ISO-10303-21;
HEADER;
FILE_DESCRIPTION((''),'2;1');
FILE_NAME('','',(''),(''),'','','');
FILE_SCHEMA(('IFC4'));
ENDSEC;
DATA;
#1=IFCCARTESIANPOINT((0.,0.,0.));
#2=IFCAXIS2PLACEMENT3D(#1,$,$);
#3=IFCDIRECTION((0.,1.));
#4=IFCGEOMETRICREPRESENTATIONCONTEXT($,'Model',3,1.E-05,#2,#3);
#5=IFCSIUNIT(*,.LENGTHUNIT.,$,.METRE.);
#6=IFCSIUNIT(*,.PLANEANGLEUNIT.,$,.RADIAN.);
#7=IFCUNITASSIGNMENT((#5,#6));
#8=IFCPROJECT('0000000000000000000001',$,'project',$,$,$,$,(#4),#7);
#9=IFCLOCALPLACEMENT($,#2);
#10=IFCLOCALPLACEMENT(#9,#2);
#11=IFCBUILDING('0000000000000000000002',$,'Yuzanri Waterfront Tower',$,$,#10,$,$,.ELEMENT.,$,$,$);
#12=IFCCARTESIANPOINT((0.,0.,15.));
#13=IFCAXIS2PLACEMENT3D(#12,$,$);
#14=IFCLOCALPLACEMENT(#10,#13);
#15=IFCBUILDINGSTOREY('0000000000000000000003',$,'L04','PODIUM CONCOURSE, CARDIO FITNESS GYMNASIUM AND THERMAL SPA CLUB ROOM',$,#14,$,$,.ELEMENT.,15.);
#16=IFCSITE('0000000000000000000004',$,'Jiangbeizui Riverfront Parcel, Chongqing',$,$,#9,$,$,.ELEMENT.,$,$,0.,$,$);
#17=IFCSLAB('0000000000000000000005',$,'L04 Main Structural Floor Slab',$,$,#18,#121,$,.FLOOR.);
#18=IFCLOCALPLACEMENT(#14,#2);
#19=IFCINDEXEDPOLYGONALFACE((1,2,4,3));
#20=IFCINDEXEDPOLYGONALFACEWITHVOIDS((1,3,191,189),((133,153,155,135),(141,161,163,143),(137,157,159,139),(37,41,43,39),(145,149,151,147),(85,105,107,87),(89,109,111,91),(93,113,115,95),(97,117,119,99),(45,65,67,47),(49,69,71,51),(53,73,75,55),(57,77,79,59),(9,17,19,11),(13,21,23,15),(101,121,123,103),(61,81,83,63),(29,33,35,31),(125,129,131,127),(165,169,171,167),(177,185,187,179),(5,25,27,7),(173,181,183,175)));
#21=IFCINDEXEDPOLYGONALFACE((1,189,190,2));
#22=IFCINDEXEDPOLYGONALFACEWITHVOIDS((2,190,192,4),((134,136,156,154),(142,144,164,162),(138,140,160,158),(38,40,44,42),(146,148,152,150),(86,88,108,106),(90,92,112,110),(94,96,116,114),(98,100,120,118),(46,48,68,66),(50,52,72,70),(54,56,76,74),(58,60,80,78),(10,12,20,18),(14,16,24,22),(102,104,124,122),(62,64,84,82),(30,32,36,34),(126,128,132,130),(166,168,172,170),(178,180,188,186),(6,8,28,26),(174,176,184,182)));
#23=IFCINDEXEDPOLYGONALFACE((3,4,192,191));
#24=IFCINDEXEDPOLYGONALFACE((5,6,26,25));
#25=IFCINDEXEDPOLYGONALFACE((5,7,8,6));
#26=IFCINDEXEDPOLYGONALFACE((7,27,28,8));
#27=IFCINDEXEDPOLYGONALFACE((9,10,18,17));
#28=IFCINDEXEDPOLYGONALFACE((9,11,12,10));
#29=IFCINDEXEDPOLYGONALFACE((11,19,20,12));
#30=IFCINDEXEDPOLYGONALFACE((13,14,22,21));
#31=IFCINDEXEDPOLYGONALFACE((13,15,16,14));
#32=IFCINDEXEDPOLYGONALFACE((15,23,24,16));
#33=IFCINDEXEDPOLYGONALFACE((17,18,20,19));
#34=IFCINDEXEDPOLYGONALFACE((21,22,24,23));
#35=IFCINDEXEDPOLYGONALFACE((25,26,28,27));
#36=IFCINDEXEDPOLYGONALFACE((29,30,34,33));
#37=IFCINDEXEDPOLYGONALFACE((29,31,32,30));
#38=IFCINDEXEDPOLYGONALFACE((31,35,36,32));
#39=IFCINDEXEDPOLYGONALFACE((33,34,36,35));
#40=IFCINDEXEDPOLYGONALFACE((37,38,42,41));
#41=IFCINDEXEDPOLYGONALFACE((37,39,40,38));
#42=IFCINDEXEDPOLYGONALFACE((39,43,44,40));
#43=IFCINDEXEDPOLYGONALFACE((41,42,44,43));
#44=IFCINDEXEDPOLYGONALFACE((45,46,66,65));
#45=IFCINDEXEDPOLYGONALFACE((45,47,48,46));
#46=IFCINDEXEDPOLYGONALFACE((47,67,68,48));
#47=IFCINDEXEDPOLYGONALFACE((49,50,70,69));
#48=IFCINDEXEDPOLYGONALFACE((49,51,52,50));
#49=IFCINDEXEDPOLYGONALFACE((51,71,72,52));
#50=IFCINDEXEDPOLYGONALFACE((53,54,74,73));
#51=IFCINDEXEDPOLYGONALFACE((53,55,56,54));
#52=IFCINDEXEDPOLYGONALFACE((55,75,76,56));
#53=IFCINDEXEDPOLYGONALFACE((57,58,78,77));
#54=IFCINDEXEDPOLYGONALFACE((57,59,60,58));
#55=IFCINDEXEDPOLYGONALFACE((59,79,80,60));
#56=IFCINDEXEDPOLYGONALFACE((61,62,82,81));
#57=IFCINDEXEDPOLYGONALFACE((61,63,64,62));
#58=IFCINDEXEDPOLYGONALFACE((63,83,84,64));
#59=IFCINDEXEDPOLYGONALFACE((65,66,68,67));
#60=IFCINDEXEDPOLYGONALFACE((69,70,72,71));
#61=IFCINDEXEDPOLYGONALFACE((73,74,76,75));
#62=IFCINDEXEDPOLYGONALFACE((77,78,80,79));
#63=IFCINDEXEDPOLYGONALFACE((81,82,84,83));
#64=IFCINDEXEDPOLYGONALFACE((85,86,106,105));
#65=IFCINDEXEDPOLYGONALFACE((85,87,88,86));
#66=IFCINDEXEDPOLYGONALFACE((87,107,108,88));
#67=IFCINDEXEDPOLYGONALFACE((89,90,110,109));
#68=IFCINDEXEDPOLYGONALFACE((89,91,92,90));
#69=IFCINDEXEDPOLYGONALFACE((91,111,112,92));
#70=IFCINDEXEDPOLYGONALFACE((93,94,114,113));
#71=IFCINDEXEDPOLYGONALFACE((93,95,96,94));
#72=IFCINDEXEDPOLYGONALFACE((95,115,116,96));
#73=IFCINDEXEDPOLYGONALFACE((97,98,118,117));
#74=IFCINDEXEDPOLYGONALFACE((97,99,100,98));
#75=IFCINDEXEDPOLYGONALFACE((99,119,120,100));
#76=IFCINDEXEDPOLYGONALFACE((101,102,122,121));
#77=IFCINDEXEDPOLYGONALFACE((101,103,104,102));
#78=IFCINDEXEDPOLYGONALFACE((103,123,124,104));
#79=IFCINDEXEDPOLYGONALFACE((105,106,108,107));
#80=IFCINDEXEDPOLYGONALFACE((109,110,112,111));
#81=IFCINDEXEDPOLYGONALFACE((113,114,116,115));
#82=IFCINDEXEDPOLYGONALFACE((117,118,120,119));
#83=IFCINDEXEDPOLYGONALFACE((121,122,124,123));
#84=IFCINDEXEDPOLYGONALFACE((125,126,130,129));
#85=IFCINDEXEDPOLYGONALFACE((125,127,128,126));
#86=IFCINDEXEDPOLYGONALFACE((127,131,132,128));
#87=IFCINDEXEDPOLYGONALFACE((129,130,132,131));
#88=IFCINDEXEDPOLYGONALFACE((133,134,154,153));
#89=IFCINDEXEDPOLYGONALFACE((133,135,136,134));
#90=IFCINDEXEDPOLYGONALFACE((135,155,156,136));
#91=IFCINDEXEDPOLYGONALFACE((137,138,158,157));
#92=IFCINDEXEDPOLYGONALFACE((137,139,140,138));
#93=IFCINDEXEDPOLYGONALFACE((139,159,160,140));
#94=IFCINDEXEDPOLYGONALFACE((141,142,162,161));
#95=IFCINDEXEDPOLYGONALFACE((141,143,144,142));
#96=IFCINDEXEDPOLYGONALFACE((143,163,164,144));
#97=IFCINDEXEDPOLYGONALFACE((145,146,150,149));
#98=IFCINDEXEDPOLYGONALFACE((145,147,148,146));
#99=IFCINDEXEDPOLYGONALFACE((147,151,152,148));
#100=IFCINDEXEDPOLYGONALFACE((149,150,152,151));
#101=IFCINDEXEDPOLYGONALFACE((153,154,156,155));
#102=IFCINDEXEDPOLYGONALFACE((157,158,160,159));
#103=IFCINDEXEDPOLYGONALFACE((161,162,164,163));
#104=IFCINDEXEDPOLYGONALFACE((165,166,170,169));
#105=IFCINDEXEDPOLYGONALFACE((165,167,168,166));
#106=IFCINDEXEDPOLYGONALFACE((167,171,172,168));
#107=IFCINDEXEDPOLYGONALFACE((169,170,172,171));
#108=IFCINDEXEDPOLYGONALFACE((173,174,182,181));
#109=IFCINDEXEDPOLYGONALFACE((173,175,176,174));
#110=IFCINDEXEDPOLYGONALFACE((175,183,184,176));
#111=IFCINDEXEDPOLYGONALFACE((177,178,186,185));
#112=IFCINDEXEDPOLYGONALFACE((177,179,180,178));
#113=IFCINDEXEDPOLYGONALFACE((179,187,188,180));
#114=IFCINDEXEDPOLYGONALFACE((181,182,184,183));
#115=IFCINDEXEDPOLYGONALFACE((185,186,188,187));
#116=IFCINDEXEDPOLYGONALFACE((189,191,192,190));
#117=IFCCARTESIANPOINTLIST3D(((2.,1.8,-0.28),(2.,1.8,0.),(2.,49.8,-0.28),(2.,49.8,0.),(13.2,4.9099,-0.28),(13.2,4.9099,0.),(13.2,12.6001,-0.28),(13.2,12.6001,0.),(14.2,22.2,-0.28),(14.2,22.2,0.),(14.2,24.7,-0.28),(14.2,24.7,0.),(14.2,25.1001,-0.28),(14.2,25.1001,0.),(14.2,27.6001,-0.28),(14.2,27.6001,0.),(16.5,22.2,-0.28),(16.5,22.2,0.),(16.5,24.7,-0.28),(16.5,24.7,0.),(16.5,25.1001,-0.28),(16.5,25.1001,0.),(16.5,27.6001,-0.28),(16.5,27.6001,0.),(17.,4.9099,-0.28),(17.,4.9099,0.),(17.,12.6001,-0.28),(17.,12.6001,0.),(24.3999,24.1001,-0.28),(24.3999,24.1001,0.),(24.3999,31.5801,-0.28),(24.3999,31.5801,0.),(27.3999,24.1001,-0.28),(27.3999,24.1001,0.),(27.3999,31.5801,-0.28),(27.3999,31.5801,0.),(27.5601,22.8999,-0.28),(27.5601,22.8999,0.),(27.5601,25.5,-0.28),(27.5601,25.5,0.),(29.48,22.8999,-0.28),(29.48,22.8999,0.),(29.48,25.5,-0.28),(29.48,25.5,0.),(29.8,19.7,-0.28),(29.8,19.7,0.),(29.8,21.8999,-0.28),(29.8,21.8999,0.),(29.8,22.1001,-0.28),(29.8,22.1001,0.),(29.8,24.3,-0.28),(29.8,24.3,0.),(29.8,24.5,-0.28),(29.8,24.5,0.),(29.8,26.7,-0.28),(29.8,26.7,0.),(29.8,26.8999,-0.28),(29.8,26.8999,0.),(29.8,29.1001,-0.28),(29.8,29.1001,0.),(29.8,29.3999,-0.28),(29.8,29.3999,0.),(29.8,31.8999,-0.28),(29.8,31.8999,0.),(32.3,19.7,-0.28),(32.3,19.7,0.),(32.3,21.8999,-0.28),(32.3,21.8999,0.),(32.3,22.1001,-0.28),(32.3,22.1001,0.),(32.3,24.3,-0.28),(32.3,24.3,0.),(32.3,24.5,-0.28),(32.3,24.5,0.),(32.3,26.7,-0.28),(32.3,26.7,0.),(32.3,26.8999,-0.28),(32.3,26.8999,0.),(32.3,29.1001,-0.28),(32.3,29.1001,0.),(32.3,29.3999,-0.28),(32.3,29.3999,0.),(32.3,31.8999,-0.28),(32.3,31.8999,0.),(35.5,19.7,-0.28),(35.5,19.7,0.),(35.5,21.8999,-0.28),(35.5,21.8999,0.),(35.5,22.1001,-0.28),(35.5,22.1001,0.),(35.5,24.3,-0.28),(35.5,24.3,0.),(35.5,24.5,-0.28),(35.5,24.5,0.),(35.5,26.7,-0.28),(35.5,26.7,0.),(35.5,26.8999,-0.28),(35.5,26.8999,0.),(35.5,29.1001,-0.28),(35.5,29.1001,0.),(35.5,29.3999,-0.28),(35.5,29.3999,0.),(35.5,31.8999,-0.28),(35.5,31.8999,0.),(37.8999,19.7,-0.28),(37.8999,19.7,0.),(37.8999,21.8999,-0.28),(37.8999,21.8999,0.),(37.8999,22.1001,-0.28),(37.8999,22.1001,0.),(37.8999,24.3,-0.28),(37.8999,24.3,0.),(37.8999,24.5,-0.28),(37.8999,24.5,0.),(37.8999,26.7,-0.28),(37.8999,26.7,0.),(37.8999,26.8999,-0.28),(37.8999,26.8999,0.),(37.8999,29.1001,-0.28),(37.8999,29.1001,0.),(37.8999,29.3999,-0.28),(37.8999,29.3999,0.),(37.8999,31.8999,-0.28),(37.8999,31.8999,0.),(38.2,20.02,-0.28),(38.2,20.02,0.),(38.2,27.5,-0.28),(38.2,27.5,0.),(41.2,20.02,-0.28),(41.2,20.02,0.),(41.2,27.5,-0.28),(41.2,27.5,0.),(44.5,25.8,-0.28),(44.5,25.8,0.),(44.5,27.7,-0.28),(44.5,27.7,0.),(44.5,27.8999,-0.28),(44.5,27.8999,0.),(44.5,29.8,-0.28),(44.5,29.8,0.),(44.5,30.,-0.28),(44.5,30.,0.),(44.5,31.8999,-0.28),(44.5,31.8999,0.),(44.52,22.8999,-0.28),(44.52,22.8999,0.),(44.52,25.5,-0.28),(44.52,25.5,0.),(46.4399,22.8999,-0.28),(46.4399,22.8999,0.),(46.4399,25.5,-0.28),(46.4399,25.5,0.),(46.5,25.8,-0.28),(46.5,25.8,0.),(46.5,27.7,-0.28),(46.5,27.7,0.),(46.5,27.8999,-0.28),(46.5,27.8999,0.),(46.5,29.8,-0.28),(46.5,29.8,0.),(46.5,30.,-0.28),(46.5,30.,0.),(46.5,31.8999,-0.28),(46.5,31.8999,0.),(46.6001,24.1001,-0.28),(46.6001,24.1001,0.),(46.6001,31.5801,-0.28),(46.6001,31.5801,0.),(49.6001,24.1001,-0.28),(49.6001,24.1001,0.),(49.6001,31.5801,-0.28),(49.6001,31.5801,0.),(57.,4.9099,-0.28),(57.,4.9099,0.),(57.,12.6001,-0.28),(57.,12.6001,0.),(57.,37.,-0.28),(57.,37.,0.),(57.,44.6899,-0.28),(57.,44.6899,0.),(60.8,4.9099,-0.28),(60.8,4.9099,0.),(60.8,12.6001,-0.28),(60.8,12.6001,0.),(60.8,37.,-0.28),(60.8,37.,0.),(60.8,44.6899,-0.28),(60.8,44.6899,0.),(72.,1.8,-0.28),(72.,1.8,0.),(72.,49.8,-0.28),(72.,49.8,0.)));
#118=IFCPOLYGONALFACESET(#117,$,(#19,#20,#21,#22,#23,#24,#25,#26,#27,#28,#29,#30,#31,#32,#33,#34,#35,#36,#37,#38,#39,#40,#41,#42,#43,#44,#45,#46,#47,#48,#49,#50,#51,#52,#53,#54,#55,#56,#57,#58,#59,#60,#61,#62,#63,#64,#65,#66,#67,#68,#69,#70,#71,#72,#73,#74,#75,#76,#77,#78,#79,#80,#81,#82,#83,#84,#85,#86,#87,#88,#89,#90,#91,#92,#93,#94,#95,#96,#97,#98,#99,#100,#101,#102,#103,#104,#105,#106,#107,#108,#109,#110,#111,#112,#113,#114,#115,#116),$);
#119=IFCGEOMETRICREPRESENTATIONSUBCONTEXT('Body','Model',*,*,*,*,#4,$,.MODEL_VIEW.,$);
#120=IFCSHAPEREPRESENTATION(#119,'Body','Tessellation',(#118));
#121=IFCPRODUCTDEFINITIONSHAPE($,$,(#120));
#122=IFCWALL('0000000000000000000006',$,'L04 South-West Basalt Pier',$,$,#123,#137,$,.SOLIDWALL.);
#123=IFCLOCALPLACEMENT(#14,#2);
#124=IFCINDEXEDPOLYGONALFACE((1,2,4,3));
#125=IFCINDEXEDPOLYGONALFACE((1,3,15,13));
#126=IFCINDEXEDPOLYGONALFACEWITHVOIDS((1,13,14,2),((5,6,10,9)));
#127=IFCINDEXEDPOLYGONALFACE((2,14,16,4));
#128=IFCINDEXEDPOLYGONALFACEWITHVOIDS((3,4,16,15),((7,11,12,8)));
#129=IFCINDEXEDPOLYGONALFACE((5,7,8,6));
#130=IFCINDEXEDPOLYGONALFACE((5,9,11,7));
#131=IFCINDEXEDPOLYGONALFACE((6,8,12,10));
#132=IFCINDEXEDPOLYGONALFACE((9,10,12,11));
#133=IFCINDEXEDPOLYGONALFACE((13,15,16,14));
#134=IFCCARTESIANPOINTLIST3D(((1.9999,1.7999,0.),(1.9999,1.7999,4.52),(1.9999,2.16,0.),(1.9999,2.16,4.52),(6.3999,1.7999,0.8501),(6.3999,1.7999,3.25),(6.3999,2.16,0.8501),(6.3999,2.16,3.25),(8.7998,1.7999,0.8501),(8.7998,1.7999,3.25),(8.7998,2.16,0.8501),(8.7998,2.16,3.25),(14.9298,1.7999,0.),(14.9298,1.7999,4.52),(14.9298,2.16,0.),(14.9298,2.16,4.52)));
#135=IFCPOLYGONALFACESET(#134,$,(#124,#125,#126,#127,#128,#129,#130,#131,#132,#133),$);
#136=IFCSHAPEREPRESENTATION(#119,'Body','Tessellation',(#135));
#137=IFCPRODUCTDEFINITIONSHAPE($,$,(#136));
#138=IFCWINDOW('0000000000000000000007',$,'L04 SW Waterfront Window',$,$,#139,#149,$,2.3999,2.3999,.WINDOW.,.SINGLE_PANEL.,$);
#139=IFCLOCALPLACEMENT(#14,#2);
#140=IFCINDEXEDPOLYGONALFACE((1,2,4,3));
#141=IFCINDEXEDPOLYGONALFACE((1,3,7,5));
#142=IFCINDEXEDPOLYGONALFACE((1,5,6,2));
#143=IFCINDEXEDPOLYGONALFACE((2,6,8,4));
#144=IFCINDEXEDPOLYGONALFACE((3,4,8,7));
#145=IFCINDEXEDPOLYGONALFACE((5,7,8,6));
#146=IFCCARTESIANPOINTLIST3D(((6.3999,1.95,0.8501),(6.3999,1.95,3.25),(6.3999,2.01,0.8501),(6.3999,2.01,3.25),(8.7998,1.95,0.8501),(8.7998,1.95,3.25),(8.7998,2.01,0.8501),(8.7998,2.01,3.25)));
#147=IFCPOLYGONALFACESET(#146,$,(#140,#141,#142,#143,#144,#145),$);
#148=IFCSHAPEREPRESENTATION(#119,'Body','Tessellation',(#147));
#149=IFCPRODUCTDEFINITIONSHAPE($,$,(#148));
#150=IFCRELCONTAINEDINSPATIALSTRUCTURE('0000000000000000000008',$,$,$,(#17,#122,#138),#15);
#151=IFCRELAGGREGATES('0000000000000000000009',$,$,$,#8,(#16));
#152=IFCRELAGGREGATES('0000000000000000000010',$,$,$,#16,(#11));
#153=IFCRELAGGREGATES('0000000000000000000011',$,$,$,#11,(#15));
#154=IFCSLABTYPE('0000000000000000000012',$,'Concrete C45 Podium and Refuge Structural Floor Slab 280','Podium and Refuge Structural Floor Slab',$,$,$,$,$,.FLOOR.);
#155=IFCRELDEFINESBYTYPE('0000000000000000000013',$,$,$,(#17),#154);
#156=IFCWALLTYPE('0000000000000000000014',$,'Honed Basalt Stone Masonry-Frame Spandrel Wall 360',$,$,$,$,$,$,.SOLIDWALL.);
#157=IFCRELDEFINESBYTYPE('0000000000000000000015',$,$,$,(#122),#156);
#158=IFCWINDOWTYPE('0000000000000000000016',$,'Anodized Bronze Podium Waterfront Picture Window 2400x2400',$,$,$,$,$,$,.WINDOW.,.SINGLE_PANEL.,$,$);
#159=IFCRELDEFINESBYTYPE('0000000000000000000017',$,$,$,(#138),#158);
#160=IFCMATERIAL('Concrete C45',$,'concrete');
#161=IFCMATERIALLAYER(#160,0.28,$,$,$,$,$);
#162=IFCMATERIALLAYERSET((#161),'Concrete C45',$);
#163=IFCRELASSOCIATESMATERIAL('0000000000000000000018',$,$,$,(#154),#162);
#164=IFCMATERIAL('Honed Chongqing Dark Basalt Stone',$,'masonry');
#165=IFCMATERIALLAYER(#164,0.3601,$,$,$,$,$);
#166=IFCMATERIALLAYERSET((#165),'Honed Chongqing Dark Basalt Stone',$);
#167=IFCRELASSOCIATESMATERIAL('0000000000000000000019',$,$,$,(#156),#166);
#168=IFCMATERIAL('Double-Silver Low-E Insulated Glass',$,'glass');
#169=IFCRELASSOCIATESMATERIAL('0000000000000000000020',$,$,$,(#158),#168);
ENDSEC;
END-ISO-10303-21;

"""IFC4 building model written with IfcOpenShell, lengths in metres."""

from ifc_helpers import new_model, si_unit, direction, frame, frame_2d, origin, place, context, subcontext, project, spatial, polyline, rectangle, outline, extrude, source, transform, mapped, material, layer, layer_set, type_object, element, fill, save


model = new_model("IFC4")

# Units and contexts
model_context = context("Model", 3, precision=1e-05, world=origin(), true_north=direction((0.0, 1.0)))
body_context = subcontext(model_context, "Body", "Model", "MODEL_VIEW")
ifc_project = project(units=[si_unit("LENGTHUNIT", "METRE"), si_unit("PLANEANGLEUNIT", "RADIAN")], contexts=[model_context])

# Site, building, storey
site_placement = place(None, origin())
site = spatial("IfcSite", under=ifc_project, at=site_placement, Name="Jiangbeizui Riverfront Parcel, Chongqing", CompositionType="ELEMENT", RefElevation=0.0)
building_placement = place(site_placement, origin())
building = spatial("IfcBuilding", under=site, at=building_placement, Name="Yuzanri Waterfront Tower", CompositionType="ELEMENT")
storey_placement = place(building_placement, frame((0.0, 0.0, 15.0)))
storey = spatial("IfcBuildingStorey", under=building, at=storey_placement, Name="L04", Description="PODIUM CONCOURSE, CARDIO FITNESS GYMNASIUM AND THERMAL SPA CLUB ROOM", CompositionType="ELEMENT", Elevation=15.0)

# Slab
ifc_material_1 = material(Name="Concrete C45", Category="concrete")
ifc_layer_1 = layer(ifc_material_1, 0.28)
ifc_layer_set_1 = layer_set([ifc_layer_1], Name="Concrete C45")
slab_type_1 = type_object("IfcSlabType", Name="Concrete C45 Podium and Refuge Structural Floor Slab 280", Description="Podium and Refuge Structural Floor Slab", PredefinedType="FLOOR", material=ifc_layer_set_1)
slab_1_placement = place(storey_placement, frame((0.0, 0.0, -0.28)))
element("IfcSlab", 1, at=slab_1_placement, inside=storey, type_object=slab_type_1, Name="L04 Main Structural Floor Slab", PredefinedType="FLOOR", context=body_context, shape_type="SweptSolid", body=[
    extrude(outline(polyline([(2.0, 1.8), (72.0, 1.8), (72.0, 49.8), (2.0, 49.8), (2.0, 1.8)]), holes=[polyline([(27.3999, 24.1001), (27.3999, 31.5801), (24.3999, 31.5801), (24.3999, 24.1001), (27.3999, 24.1001)]), polyline([(49.6001, 24.1001), (49.6001, 31.5801), (46.6001, 31.5801), (46.6001, 24.1001), (49.6001, 24.1001)]), polyline([(38.2, 27.5), (38.2, 20.02), (41.2, 20.02), (41.2, 27.5), (38.2, 27.5)]), polyline([(17.0, 4.9099), (17.0, 12.6001), (13.2, 12.6001), (13.2, 4.9099), (17.0, 4.9099)]), polyline([(60.8, 4.9099), (60.8, 12.6001), (57.0, 12.6001), (57.0, 4.9099), (60.8, 4.9099)]), polyline([(57.0, 44.6899), (57.0, 37.0), (60.8, 37.0), (60.8, 44.6899), (57.0, 44.6899)]), polyline([(27.5601, 22.8999), (29.48, 22.8999), (29.48, 25.5), (27.5601, 25.5), (27.5601, 22.8999)]), polyline([(44.52, 22.8999), (46.4399, 22.8999), (46.4399, 25.5), (44.52, 25.5), (44.52, 22.8999)]), polyline([(29.8, 19.7), (32.3, 19.7), (32.3, 21.8999), (29.8, 21.8999), (29.8, 19.7)]), polyline([(29.8, 22.1001), (32.3, 22.1001), (32.3, 24.3), (29.8, 24.3), (29.8, 22.1001)]), polyline([(29.8, 24.5), (32.3, 24.5), (32.3, 26.7), (29.8, 26.7), (29.8, 24.5)]), polyline([(29.8, 26.8999), (32.3, 26.8999), (32.3, 29.1001), (29.8, 29.1001), (29.8, 26.8999)]), polyline([(29.8, 29.3999), (32.3, 29.3999), (32.3, 31.8999), (29.8, 31.8999), (29.8, 29.3999)]), polyline([(35.5, 19.7), (37.8999, 19.7), (37.8999, 21.8999), (35.5, 21.8999), (35.5, 19.7)]), polyline([(35.5, 22.1001), (37.8999, 22.1001), (37.8999, 24.3), (35.5, 24.3), (35.5, 22.1001)]), polyline([(35.5, 24.5), (37.8999, 24.5), (37.8999, 26.7), (35.5, 26.7), (35.5, 24.5)]), polyline([(35.5, 26.8999), (37.8999, 26.8999), (37.8999, 29.1001), (35.5, 29.1001), (35.5, 26.8999)]), polyline([(35.5, 29.3999), (37.8999, 29.3999), (37.8999, 31.8999), (35.5, 31.8999), (35.5, 29.3999)]), polyline([(44.5, 25.8), (46.5, 25.8), (46.5, 27.7), (44.5, 27.7), (44.5, 25.8)]), polyline([(44.5, 27.8999), (46.5, 27.8999), (46.5, 29.8), (44.5, 29.8), (44.5, 27.8999)]), polyline([(44.5, 30.0), (46.5, 30.0), (46.5, 31.8999), (44.5, 31.8999), (44.5, 30.0)]), polyline([(14.2, 22.2), (16.5, 22.2), (16.5, 24.7), (14.2, 24.7), (14.2, 22.2)]), polyline([(14.2, 25.1001), (16.5, 25.1001), (16.5, 27.6001), (14.2, 27.6001), (14.2, 25.1001)])]), origin(), (0.0, 0.0, 1.0), 0.28),
])

# Wall, opening, window
ifc_material_2 = material(Name="Honed Chongqing Dark Basalt Stone", Category="masonry")
ifc_layer_2 = layer(ifc_material_2, 0.3601)
ifc_layer_set_2 = layer_set([ifc_layer_2], Name="Honed Chongqing Dark Basalt Stone")
wall_type_1 = type_object("IfcWallType", Name="Honed Basalt Stone Masonry-Frame Spandrel Wall 360", PredefinedType="SOLIDWALL", material=ifc_layer_set_2)
wall_1_placement = place(storey_placement, frame((2.0, 1.98, 0.0), z_axis=(0.0, 0.0, 1.0), x_axis=(1.0, 0.0, 0.0)))
wall_1 = element("IfcWall", 2, at=wall_1_placement, inside=storey, type_object=wall_type_1, Name="L04 South-West Basalt Pier", PredefinedType="SOLIDWALL", context=body_context, shape_type="SweptSolid", body=[
    extrude(rectangle(XDim=12.9299, YDim=0.3601, at=frame_2d((6.4648, 0.0))), origin(), (0.0, 0.0, 1.0), 4.52),
])
opening_1_placement = place(wall_1_placement, frame((4.3999, 0.0, 0.8501)))
opening_1 = element("IfcOpeningElement", 3, at=opening_1_placement, cuts=wall_1, PredefinedType="OPENING", context=body_context, shape_type="SweptSolid", body=[
    extrude(rectangle(XDim=2.3999, YDim=2.3999, at=frame_2d((1.2, 1.2))), frame((0.0, 0.1948, 0.0), z_axis=(0.0, -1.0, 0.0), x_axis=(1.0, 0.0, 0.0)), (0.0, 0.0, 1.0), 0.3899),
])
ifc_material_3 = material(Name="Double-Silver Low-E Insulated Glass", Category="glass")
window_type_1 = type_object("IfcWindowType", Name="Anodized Bronze Podium Waterfront Picture Window 2400x2400", PartitioningType="SINGLE_PANEL", PredefinedType="WINDOW", material=ifc_material_3)
shared_shape_1 = source(origin(), body_context, "Body", "SweptSolid", [
    extrude(rectangle(XDim=2.3999, YDim=2.3999, at=frame_2d((1.2, 1.2))), frame((0.0, 0.03, 0.0), z_axis=(0.0, -1.0, 0.0), x_axis=(1.0, 0.0, 0.0)), (0.0, 0.0, 1.0), 0.0601),
])
window_1_placement = place(opening_1_placement, origin())
window_1 = element("IfcWindow", 4, at=window_1_placement, inside=storey, type_object=window_type_1, Name="L04 SW Waterfront Window", OverallHeight=2.3999, OverallWidth=2.3999, PartitioningType="SINGLE_PANEL", PredefinedType="WINDOW", context=body_context, shape_type="MappedRepresentation", body=[
    mapped(shared_shape_1, transform((0.0, 0.0, 0.0), scale=1.0)),
])
fill(opening_1, window_1)

save(model, "model.ifc")
